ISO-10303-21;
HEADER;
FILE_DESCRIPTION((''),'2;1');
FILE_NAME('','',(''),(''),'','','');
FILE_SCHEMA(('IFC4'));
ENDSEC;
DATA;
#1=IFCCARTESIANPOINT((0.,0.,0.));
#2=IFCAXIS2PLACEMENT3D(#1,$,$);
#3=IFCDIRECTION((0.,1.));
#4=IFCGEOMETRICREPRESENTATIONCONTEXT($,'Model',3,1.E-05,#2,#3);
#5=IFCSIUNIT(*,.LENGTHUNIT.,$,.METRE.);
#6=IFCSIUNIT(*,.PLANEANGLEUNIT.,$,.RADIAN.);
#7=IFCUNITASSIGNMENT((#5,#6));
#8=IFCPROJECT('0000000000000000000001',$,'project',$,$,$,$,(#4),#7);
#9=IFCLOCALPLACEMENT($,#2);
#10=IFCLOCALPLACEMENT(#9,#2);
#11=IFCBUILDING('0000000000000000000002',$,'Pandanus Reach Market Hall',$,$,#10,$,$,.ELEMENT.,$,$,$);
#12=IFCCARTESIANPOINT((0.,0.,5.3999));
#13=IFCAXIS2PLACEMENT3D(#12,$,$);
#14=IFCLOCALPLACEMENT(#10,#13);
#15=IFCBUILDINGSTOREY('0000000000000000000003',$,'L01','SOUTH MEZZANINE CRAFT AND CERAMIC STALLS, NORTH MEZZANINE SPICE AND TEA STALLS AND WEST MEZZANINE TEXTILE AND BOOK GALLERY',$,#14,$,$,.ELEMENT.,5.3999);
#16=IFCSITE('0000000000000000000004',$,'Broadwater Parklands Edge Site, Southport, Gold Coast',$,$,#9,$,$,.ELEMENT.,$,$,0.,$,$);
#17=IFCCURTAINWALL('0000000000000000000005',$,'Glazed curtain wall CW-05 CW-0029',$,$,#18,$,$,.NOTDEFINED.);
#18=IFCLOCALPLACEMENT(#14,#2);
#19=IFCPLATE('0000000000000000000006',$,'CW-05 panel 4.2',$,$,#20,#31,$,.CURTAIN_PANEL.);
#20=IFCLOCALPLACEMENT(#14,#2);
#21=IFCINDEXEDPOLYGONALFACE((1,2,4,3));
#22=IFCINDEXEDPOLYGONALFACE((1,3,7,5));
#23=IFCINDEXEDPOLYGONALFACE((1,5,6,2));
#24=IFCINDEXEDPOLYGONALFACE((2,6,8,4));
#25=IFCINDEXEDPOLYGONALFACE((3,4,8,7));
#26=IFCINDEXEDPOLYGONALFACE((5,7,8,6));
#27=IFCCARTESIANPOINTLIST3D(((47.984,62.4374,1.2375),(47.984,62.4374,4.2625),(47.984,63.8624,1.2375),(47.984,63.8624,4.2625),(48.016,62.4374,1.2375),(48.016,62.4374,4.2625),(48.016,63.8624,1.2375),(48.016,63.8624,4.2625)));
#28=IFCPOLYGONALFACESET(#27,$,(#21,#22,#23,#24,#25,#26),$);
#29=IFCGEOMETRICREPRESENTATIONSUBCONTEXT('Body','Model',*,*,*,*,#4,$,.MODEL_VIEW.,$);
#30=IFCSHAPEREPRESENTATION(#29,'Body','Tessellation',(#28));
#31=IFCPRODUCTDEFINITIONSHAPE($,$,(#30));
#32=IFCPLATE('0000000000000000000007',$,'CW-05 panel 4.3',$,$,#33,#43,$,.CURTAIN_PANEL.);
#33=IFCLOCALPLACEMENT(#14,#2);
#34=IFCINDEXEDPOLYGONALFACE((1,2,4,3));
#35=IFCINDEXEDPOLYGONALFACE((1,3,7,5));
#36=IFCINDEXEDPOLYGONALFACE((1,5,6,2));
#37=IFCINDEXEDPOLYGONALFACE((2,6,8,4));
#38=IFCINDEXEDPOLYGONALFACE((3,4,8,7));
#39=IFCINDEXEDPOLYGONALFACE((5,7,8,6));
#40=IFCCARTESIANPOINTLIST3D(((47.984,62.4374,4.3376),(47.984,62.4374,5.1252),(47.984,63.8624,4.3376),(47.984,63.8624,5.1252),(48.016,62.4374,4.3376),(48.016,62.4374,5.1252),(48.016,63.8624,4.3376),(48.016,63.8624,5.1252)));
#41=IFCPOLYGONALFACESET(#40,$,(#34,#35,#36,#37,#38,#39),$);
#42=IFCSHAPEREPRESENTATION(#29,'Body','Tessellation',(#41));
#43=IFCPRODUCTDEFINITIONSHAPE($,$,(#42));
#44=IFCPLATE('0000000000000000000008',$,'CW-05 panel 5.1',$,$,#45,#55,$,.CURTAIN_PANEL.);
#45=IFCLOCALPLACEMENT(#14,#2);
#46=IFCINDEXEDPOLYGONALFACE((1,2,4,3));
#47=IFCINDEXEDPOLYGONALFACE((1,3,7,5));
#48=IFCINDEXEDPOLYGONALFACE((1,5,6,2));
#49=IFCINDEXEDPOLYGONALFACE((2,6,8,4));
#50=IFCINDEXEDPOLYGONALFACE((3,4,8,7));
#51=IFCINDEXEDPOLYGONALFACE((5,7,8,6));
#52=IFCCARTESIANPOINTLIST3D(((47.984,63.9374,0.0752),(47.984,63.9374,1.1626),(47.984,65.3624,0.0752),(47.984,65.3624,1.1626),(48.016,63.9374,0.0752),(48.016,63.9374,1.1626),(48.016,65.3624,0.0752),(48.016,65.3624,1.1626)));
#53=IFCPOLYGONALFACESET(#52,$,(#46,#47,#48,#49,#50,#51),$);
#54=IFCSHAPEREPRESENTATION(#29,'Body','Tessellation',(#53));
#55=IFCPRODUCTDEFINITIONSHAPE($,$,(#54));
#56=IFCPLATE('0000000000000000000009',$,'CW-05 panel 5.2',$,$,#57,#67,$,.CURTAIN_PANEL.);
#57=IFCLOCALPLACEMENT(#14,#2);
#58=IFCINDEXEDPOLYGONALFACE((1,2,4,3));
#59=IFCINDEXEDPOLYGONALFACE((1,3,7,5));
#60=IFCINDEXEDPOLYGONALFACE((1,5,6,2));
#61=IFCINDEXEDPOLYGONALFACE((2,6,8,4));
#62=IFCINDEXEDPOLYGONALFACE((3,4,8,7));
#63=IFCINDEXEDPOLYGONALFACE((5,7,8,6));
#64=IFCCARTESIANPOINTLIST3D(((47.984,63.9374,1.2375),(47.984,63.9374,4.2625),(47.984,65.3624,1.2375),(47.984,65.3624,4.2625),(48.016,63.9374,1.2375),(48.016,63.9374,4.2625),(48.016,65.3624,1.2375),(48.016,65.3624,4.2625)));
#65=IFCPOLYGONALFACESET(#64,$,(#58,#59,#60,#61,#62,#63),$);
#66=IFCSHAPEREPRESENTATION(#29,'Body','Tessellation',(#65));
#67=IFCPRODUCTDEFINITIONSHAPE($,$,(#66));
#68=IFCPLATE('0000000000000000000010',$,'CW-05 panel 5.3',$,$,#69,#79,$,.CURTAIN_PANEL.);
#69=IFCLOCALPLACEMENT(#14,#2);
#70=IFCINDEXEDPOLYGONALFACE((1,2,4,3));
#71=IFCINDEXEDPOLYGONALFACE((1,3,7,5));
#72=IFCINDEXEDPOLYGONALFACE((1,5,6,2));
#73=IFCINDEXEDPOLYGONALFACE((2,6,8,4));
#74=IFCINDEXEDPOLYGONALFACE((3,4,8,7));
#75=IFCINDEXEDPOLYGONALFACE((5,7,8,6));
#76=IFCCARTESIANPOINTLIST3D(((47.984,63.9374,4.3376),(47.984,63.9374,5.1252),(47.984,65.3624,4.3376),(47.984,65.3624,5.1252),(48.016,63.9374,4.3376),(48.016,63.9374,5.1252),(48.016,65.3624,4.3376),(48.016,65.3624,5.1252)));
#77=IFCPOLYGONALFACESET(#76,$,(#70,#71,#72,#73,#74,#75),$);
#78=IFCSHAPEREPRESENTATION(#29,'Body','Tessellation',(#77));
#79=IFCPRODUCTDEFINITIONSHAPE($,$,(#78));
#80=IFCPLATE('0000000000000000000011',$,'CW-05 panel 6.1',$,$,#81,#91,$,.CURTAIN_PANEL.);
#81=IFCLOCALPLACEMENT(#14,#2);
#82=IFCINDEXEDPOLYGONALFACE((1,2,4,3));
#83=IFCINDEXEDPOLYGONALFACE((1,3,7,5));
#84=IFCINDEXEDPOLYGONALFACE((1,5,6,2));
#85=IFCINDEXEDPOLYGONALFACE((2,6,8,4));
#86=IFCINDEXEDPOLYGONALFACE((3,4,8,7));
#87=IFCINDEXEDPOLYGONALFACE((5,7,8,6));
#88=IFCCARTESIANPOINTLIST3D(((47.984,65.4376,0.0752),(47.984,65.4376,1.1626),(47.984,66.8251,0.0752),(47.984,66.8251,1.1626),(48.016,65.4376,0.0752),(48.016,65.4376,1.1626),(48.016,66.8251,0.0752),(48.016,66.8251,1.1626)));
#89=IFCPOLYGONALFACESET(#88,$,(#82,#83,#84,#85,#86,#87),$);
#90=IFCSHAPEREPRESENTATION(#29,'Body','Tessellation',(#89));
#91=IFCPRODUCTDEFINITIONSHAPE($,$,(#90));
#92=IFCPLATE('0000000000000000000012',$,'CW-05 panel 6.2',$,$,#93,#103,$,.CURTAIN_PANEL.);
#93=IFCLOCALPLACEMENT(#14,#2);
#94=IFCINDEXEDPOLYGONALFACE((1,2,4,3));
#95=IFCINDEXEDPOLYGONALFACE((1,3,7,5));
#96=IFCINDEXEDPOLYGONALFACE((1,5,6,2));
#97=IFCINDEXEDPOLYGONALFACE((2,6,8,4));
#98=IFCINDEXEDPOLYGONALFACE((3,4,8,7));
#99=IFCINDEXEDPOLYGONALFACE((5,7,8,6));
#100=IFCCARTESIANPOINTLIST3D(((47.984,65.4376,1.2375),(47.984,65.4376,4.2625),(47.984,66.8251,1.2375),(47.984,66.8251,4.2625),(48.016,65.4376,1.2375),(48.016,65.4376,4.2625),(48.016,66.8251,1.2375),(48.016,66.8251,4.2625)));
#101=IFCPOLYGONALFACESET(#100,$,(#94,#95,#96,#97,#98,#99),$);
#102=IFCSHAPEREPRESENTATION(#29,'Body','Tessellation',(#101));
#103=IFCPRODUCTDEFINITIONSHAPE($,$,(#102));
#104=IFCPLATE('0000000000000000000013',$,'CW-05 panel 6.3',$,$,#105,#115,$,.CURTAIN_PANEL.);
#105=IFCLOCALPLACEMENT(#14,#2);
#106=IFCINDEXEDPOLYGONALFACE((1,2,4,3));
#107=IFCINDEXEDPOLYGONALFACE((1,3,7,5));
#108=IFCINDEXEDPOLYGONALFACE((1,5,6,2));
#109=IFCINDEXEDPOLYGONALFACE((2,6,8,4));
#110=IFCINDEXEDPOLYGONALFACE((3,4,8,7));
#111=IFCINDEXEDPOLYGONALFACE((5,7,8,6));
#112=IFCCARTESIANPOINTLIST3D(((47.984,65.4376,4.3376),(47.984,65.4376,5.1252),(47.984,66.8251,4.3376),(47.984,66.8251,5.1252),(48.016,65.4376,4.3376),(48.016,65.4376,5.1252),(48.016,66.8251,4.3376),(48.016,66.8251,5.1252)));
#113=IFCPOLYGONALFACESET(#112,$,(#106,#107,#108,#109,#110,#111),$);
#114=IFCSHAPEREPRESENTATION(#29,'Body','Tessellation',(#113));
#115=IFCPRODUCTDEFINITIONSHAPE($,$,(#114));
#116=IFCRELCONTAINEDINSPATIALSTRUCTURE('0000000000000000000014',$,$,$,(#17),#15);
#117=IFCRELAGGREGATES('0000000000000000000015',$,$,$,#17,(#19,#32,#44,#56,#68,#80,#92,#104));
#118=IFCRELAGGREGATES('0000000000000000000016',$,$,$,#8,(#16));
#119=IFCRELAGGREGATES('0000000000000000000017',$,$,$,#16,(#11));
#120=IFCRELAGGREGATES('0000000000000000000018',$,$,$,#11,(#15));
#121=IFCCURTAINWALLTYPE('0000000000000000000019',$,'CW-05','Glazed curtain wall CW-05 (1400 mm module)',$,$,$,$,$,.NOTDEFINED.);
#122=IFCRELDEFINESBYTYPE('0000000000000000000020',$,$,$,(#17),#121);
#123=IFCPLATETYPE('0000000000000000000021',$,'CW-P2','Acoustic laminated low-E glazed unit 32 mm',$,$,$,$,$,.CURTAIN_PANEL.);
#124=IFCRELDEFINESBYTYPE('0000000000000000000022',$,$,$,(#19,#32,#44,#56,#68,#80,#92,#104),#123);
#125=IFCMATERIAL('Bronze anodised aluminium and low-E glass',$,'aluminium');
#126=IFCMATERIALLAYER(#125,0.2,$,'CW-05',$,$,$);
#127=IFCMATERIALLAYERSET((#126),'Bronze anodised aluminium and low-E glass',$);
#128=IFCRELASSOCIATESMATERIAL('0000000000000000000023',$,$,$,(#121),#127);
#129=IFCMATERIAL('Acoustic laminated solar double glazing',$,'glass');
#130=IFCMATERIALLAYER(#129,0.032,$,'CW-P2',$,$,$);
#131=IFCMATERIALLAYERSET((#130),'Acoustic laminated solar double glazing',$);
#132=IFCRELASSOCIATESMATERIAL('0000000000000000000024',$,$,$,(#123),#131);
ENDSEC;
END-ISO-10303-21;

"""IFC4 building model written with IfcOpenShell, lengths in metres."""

from ifc_helpers import new_model, si_unit, direction, frame, origin, origin_2d, place, context, subcontext, project, spatial, rectangle, extrude, material, layer, layer_set, type_object, element, aggregate, save


model = new_model("IFC4")

# Units and contexts
model_context = context("Model", 3, precision=1e-05, world=origin(), true_north=direction((0.0, 1.0)))
body_context = subcontext(model_context, "Body", "Model", "MODEL_VIEW")
ifc_project = project(units=[si_unit("LENGTHUNIT", "METRE"), si_unit("PLANEANGLEUNIT", "RADIAN")], contexts=[model_context])

# Site, building, storey
site_placement = place(None, origin())
site = spatial("IfcSite", under=ifc_project, at=site_placement, Name="Broadwater Parklands Edge Site, Southport, Gold Coast", CompositionType="ELEMENT", RefElevation=0.0)
building_placement = place(site_placement, origin())
building = spatial("IfcBuilding", under=site, at=building_placement, Name="Pandanus Reach Market Hall", CompositionType="ELEMENT")
storey_placement = place(building_placement, frame((0.0, 0.0, 5.3999)))
storey = spatial("IfcBuildingStorey", under=building, at=storey_placement, Name="L01", Description="SOUTH MEZZANINE CRAFT AND CERAMIC STALLS, NORTH MEZZANINE SPICE AND TEA STALLS AND WEST MEZZANINE TEXTILE AND BOOK GALLERY", CompositionType="ELEMENT", Elevation=5.3999)

# Curtain wall, plates
ifc_material_1 = material(Name="Bronze anodised aluminium and low-E glass", Category="aluminium")
ifc_layer_1 = layer(ifc_material_1, 0.2, Name="CW-05")
ifc_layer_set_1 = layer_set([ifc_layer_1], Name="Bronze anodised aluminium and low-E glass")
curtain_wall_type = type_object("IfcCurtainWallType", Name="CW-05", Description="Glazed curtain wall CW-05 (1400 mm module)", PredefinedType="NOTDEFINED", material=ifc_layer_set_1)
curtain_wall_placement = place(storey_placement, origin())
curtain_wall = element("IfcCurtainWall", 1, at=curtain_wall_placement, inside=storey, type_object=curtain_wall_type, Name="Glazed curtain wall CW-05 CW-0029", PredefinedType="NOTDEFINED")
ifc_material_2 = material(Name="Acoustic laminated solar double glazing", Category="glass")
ifc_layer_2 = layer(ifc_material_2, 0.032, Name="CW-P2")
ifc_layer_set_2 = layer_set([ifc_layer_2], Name="Acoustic laminated solar double glazing")
plate_type = type_object("IfcPlateType", Name="CW-P2", Description="Acoustic laminated low-E glazed unit 32 mm", PredefinedType="CURTAIN_PANEL", material=ifc_layer_set_2)
plate_1_placement = place(storey_placement, frame((48.0, 63.1499, 1.2375), z_axis=(0.0, 0.0, 1.0), x_axis=(0.0, 1.0, 0.0)))
plate_1 = element("IfcPlate", 2, at=plate_1_placement, type_object=plate_type, Name="CW-05 panel 4.2", PredefinedType="CURTAIN_PANEL", context=body_context, shape_type="SweptSolid", body=[
    extrude(rectangle(XDim=1.425, YDim=0.032, at=origin_2d()), origin(), (0.0, 0.0, 1.0), 3.0249),
])
plate_2_placement = place(storey_placement, frame((48.0, 63.1499, 4.3376), z_axis=(0.0, 0.0, 1.0), x_axis=(0.0, 1.0, 0.0)))
plate_2 = element("IfcPlate", 3, at=plate_2_placement, type_object=plate_type, Name="CW-05 panel 4.3", PredefinedType="CURTAIN_PANEL", context=body_context, shape_type="SweptSolid", body=[
    extrude(rectangle(XDim=1.425, YDim=0.032, at=origin_2d()), origin(), (0.0, 0.0, 1.0), 0.7876),
])
plate_3_placement = place(storey_placement, frame((48.0, 64.6499, 0.0752), z_axis=(0.0, 0.0, 1.0), x_axis=(0.0, 1.0, 0.0)))
plate_3 = element("IfcPlate", 4, at=plate_3_placement, type_object=plate_type, Name="CW-05 panel 5.1", PredefinedType="CURTAIN_PANEL", context=body_context, shape_type="SweptSolid", body=[
    extrude(rectangle(XDim=1.425, YDim=0.032, at=origin_2d()), origin(), (0.0, 0.0, 1.0), 1.0874),
])
plate_4_placement = place(storey_placement, frame((48.0, 64.6499, 1.2375), z_axis=(0.0, 0.0, 1.0), x_axis=(0.0, 1.0, 0.0)))
plate_4 = element("IfcPlate", 5, at=plate_4_placement, type_object=plate_type, Name="CW-05 panel 5.2", PredefinedType="CURTAIN_PANEL", context=body_context, shape_type="SweptSolid", body=[
    extrude(rectangle(XDim=1.425, YDim=0.032, at=origin_2d()), origin(), (0.0, 0.0, 1.0), 3.0249),
])
plate_5_placement = place(storey_placement, frame((48.0, 64.6499, 4.3376), z_axis=(0.0, 0.0, 1.0), x_axis=(0.0, 1.0, 0.0)))
plate_5 = element("IfcPlate", 6, at=plate_5_placement, type_object=plate_type, Name="CW-05 panel 5.3", PredefinedType="CURTAIN_PANEL", context=body_context, shape_type="SweptSolid", body=[
    extrude(rectangle(XDim=1.425, YDim=0.032, at=origin_2d()), origin(), (0.0, 0.0, 1.0), 0.7876),
])
plate_6_placement = place(storey_placement, frame((48.0, 66.1313, 0.0752), z_axis=(0.0, 0.0, 1.0), x_axis=(0.0, 1.0, 0.0)))
plate_6 = element("IfcPlate", 7, at=plate_6_placement, type_object=plate_type, Name="CW-05 panel 6.1", PredefinedType="CURTAIN_PANEL", context=body_context, shape_type="SweptSolid", body=[
    extrude(rectangle(XDim=1.3875, YDim=0.032, at=origin_2d()), origin(), (0.0, 0.0, 1.0), 1.0874),
])
plate_7_placement = place(storey_placement, frame((48.0, 66.1313, 1.2375), z_axis=(0.0, 0.0, 1.0), x_axis=(0.0, 1.0, 0.0)))
plate_7 = element("IfcPlate", 8, at=plate_7_placement, type_object=plate_type, Name="CW-05 panel 6.2", PredefinedType="CURTAIN_PANEL", context=body_context, shape_type="SweptSolid", body=[
    extrude(rectangle(XDim=1.3875, YDim=0.032, at=origin_2d()), origin(), (0.0, 0.0, 1.0), 3.0249),
])
plate_8_placement = place(storey_placement, frame((48.0, 66.1313, 4.3376), z_axis=(0.0, 0.0, 1.0), x_axis=(0.0, 1.0, 0.0)))
plate_8 = element("IfcPlate", 9, at=plate_8_placement, type_object=plate_type, Name="CW-05 panel 6.3", PredefinedType="CURTAIN_PANEL", context=body_context, shape_type="SweptSolid", body=[
    extrude(rectangle(XDim=1.3875, YDim=0.032, at=origin_2d()), origin(), (0.0, 0.0, 1.0), 0.7876),
])
aggregate(curtain_wall, [plate_1, plate_2, plate_3, plate_4, plate_5, plate_6, plate_7, plate_8])

save(model, "model.ifc")
